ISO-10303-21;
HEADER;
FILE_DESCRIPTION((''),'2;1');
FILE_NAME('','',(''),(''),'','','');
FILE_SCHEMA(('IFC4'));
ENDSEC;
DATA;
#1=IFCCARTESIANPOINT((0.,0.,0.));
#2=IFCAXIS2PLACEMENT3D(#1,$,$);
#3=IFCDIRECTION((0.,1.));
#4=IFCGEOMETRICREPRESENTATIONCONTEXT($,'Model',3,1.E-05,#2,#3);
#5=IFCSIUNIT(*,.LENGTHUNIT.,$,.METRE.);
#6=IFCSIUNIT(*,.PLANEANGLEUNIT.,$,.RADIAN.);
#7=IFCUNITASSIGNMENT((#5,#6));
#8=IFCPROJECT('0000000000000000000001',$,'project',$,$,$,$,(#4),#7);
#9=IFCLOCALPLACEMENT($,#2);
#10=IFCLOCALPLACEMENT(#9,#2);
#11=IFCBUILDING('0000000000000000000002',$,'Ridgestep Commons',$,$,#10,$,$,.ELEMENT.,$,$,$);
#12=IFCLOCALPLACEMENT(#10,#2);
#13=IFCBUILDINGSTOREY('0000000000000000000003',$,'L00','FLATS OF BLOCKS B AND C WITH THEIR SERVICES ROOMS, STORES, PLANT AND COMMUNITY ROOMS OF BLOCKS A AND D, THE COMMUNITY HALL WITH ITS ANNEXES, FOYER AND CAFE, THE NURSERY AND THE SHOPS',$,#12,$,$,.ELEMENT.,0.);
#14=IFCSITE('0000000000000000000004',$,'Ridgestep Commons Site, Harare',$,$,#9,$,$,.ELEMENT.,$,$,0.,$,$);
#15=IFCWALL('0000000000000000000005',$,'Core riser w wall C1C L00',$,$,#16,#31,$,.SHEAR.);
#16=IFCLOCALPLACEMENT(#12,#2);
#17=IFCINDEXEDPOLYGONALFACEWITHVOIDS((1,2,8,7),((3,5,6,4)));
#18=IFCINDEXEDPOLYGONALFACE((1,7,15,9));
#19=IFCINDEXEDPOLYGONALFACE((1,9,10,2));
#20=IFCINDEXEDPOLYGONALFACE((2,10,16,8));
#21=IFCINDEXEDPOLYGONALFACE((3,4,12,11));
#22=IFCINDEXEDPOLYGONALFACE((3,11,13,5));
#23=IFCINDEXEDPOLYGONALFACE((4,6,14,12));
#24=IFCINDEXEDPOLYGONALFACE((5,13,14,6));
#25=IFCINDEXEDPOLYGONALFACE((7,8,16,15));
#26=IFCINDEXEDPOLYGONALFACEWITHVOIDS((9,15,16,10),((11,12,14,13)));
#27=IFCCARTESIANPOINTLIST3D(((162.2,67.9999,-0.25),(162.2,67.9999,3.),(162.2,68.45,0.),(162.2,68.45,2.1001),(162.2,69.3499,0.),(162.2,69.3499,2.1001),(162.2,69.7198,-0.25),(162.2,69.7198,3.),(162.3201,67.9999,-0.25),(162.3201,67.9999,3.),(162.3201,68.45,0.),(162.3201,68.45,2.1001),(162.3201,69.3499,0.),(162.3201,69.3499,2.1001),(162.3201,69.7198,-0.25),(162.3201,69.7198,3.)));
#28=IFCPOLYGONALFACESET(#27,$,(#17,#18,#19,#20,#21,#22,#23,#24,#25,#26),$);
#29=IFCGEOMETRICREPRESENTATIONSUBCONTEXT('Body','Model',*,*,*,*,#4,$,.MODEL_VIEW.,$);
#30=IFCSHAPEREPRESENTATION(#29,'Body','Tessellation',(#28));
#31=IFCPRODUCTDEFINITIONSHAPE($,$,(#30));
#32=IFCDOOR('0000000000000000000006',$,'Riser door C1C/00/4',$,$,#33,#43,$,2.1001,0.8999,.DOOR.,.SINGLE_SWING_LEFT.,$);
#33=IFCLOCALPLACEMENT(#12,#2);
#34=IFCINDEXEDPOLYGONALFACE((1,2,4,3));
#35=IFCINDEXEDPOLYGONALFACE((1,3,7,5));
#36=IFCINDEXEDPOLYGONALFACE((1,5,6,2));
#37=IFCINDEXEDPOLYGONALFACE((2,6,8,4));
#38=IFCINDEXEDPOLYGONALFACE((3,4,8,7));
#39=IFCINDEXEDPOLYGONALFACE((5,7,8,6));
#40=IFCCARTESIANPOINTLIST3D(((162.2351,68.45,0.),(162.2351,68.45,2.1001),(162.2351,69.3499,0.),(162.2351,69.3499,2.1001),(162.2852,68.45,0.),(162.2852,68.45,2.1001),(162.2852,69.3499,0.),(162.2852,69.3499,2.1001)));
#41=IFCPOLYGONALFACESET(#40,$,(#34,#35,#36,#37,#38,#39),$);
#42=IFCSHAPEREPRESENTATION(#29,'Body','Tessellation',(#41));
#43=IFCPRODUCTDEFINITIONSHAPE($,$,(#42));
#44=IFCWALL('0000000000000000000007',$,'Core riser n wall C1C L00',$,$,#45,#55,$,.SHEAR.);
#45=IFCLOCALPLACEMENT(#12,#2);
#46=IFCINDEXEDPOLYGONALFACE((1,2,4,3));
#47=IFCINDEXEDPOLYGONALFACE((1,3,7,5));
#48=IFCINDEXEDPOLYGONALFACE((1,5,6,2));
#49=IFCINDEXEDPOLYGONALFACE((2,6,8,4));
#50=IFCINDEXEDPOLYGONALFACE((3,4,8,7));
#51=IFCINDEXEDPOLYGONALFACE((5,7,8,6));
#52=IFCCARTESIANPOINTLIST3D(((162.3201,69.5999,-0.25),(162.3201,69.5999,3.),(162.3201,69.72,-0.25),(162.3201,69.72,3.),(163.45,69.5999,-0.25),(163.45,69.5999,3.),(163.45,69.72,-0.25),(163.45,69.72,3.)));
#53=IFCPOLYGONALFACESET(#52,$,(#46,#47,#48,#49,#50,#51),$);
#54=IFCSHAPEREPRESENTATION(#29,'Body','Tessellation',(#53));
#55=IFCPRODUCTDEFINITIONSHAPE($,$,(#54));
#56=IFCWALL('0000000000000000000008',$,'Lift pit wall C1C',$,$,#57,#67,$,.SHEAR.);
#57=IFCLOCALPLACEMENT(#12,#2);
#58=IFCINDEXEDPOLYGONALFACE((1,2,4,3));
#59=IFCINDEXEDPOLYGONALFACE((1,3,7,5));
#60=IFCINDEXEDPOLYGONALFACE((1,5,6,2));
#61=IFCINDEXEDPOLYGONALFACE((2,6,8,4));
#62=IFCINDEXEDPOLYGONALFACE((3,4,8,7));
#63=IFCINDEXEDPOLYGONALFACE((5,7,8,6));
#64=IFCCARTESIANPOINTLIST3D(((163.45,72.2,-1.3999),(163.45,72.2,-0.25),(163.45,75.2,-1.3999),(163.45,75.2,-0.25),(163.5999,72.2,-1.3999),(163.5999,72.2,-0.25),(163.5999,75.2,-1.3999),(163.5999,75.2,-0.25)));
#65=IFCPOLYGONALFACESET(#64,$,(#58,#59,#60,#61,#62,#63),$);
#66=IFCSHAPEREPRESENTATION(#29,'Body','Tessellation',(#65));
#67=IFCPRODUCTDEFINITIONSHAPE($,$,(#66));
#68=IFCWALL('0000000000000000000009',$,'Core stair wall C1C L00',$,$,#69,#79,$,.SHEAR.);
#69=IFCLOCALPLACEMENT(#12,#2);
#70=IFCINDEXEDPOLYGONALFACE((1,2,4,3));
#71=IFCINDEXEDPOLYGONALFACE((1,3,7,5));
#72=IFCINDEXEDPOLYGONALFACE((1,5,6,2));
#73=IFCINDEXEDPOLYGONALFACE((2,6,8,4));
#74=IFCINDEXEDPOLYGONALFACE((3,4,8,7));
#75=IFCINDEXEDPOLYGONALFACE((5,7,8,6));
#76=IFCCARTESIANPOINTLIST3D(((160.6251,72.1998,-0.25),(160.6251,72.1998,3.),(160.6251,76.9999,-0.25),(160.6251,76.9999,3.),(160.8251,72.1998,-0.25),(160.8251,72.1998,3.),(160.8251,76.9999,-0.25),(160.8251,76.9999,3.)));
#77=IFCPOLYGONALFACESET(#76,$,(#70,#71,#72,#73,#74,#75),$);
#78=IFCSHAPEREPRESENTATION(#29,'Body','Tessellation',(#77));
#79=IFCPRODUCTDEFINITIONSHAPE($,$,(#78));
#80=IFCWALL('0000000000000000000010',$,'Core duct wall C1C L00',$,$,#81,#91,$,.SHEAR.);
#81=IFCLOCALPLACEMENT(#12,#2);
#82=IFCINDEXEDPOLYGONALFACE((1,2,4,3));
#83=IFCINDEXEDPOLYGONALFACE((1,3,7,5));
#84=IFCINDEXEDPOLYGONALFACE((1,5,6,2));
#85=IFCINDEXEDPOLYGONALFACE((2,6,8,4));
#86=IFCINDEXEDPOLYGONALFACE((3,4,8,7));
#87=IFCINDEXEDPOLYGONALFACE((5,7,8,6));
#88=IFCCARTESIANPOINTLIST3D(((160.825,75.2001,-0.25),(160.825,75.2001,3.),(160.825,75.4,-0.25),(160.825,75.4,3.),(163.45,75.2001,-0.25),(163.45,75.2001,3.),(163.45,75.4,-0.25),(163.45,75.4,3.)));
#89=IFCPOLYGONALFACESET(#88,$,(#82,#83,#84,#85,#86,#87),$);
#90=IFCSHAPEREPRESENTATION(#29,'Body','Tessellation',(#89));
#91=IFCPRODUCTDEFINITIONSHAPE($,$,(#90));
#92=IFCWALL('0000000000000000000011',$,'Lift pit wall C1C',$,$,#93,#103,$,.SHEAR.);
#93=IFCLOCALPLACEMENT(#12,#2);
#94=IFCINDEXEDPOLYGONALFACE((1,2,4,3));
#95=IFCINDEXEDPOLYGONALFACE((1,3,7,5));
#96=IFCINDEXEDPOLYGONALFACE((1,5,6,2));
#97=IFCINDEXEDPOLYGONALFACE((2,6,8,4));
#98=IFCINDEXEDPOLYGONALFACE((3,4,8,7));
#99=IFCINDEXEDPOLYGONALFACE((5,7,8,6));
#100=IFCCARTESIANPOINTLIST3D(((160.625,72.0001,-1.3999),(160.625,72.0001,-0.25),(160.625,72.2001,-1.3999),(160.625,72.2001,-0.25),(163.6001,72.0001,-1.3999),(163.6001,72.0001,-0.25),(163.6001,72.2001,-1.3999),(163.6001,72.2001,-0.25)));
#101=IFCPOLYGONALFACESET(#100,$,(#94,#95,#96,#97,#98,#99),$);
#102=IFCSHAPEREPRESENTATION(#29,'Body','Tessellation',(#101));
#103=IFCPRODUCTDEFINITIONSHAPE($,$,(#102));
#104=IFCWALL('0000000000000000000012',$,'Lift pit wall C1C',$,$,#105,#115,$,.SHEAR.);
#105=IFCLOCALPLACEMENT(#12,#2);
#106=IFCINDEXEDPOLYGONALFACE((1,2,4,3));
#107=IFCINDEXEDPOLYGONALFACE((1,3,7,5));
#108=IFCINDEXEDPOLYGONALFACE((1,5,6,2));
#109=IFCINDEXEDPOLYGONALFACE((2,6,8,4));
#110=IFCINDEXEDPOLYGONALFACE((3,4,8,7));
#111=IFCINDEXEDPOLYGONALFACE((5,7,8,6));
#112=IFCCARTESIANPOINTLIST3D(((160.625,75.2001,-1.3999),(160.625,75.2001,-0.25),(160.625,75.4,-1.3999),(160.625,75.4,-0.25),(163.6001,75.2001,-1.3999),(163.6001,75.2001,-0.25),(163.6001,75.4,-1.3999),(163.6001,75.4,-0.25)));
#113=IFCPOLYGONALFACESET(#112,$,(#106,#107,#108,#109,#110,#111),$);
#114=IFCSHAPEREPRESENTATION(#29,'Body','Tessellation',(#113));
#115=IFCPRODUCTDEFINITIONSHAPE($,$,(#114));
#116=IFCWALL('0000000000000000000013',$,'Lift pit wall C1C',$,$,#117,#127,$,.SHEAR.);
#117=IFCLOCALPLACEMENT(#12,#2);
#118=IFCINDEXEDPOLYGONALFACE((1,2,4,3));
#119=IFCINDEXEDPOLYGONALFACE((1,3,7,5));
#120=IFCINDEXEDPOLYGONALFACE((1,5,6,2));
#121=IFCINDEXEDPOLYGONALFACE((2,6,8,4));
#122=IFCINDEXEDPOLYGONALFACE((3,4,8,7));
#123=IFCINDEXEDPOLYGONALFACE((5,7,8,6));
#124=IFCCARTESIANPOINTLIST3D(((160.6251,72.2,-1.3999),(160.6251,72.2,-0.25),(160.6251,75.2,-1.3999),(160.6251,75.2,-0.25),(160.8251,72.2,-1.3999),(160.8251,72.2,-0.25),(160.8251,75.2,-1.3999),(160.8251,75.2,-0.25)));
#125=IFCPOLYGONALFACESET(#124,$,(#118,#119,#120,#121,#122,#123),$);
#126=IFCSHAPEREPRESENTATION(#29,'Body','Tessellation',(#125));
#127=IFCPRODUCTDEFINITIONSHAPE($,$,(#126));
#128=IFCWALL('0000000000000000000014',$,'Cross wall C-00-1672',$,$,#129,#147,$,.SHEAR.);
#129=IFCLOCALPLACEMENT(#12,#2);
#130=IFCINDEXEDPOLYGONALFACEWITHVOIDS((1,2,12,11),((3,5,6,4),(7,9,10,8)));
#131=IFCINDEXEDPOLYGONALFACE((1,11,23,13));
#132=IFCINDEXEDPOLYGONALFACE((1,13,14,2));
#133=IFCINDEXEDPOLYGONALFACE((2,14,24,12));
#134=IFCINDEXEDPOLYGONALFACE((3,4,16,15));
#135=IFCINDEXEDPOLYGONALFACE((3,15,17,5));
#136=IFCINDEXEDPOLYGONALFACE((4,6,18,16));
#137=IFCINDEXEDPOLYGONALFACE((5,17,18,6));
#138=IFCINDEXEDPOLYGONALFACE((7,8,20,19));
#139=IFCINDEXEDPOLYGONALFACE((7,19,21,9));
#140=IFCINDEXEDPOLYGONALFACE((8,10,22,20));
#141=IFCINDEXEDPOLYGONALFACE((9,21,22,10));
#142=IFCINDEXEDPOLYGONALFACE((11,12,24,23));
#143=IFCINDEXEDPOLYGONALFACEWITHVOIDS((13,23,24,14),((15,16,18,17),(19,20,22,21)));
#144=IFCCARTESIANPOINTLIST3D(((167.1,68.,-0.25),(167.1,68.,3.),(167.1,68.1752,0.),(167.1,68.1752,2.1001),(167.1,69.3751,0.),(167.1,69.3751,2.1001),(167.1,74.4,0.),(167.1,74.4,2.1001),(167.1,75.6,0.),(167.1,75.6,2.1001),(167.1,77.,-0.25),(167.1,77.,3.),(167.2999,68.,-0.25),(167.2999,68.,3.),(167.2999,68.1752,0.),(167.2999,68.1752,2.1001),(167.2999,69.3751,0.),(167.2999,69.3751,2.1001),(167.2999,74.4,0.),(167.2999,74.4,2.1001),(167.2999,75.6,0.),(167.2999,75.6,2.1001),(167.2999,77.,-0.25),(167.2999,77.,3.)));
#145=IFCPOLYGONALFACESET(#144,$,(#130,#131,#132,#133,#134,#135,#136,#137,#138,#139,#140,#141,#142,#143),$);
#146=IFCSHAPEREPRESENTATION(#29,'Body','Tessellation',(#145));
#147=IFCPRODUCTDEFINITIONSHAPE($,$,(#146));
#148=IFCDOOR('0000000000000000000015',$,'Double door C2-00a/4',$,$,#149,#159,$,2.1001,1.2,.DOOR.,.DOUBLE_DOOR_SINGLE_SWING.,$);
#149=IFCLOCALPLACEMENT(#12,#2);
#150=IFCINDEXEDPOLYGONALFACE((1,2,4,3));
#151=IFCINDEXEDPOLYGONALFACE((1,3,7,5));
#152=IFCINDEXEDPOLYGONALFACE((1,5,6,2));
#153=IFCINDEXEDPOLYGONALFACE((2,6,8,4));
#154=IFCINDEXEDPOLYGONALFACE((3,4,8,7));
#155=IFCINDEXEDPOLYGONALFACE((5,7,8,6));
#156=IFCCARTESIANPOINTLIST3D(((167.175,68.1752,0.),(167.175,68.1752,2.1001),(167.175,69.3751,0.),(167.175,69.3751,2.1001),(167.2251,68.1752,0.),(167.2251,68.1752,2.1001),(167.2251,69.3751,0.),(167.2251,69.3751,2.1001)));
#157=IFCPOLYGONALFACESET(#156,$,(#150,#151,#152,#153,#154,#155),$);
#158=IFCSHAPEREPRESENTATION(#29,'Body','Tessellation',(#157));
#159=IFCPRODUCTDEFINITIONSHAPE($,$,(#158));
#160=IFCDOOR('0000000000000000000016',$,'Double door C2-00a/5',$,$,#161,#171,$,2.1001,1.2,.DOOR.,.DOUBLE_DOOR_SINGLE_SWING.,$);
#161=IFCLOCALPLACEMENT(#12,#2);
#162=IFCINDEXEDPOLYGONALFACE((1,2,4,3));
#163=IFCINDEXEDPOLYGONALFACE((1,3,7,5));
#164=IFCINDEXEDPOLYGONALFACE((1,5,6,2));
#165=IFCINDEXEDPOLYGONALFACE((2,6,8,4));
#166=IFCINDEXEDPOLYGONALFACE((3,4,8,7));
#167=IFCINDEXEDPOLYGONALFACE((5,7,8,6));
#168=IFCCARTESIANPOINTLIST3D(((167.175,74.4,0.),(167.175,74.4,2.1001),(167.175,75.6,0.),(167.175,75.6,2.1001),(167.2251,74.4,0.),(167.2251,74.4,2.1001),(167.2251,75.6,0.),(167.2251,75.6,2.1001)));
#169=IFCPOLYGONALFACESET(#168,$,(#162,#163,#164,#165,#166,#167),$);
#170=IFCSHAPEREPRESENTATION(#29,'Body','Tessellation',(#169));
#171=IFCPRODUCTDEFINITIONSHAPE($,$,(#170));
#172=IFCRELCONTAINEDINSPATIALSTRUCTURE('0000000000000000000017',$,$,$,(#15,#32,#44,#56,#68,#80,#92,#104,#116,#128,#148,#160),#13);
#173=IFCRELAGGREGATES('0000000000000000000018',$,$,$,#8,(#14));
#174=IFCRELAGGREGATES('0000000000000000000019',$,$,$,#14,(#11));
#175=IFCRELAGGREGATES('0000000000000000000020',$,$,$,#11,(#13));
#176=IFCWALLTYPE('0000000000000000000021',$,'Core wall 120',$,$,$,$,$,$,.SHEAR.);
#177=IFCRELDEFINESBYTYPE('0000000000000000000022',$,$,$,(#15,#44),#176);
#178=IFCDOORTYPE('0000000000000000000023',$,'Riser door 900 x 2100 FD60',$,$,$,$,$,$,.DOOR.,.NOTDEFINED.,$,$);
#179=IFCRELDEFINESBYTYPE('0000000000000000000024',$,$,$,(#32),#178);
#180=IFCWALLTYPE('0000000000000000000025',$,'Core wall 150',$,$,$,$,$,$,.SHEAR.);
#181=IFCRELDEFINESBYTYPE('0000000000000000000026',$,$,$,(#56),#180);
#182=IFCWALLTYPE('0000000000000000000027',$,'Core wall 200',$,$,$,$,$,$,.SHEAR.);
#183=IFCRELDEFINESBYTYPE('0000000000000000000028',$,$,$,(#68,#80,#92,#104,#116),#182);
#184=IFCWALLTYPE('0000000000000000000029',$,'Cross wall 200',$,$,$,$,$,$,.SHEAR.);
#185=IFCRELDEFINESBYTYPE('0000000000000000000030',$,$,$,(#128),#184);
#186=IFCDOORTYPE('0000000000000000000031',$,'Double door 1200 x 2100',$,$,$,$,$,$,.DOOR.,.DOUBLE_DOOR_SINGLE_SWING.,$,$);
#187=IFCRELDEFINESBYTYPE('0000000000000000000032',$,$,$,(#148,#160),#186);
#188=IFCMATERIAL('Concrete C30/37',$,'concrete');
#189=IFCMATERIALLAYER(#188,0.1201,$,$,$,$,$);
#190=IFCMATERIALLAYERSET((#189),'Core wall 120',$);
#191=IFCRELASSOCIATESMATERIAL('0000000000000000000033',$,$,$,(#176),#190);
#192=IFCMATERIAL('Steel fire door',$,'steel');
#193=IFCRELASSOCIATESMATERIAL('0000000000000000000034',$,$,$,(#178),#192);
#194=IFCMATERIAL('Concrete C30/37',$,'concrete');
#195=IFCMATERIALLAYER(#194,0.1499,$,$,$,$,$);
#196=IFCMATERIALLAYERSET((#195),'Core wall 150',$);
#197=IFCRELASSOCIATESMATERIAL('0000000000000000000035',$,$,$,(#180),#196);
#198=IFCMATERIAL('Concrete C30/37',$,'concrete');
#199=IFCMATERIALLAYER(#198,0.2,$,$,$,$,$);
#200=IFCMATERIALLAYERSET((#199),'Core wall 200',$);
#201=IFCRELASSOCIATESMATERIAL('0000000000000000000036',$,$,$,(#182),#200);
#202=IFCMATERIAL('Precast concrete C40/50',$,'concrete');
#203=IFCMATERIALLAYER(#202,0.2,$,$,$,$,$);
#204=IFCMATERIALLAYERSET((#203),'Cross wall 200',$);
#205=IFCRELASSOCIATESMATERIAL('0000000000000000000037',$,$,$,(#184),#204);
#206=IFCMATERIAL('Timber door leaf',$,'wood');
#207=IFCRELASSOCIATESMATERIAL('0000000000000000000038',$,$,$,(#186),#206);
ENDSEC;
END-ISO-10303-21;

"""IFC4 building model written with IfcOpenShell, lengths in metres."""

from ifc_helpers import new_model, si_unit, direction, frame, frame_2d, origin, place, context, subcontext, project, spatial, rectangle, extrude, material, layer, layer_set, type_object, element, fill, save


model = new_model("IFC4")

# Units and contexts
model_context = context("Model", 3, precision=1e-05, world=origin(), true_north=direction((0.0, 1.0)))
body_context = subcontext(model_context, "Body", "Model", "MODEL_VIEW")
ifc_project = project(units=[si_unit("LENGTHUNIT", "METRE"), si_unit("PLANEANGLEUNIT", "RADIAN")], contexts=[model_context])

# Site, building, storey
site_placement = place(None, origin())
site = spatial("IfcSite", under=ifc_project, at=site_placement, Name="Ridgestep Commons Site, Harare", CompositionType="ELEMENT", RefElevation=0.0)
building_placement = place(site_placement, origin())
building = spatial("IfcBuilding", under=site, at=building_placement, Name="Ridgestep Commons", CompositionType="ELEMENT")
storey_placement = place(building_placement, origin())
storey = spatial("IfcBuildingStorey", under=building, at=storey_placement, Name="L00", Description="FLATS OF BLOCKS B AND C WITH THEIR SERVICES ROOMS, STORES, PLANT AND COMMUNITY ROOMS OF BLOCKS A AND D, THE COMMUNITY HALL WITH ITS ANNEXES, FOYER AND CAFE, THE NURSERY AND THE SHOPS", CompositionType="ELEMENT", Elevation=0.0)

# Wall, opening, door
ifc_material_1 = material(Name="Concrete C30/37", Category="concrete")
ifc_layer_1 = layer(ifc_material_1, 0.1201)
ifc_layer_set_1 = layer_set([ifc_layer_1], Name="Core wall 120")
wall_type_1 = type_object("IfcWallType", Name="Core wall 120", PredefinedType="SHEAR", material=ifc_layer_set_1)
wall_1_placement = place(storey_placement, frame((162.26, 68.0, -0.25), z_axis=(0.0, 0.0, 1.0), x_axis=(0.0, 1.0, 0.0)))
wall_1 = element("IfcWall", 1, at=wall_1_placement, inside=storey, type_object=wall_type_1, Name="Core riser w wall C1C L00", PredefinedType="SHEAR", context=body_context, shape_type="SweptSolid", body=[
    extrude(rectangle(XDim=1.72, YDim=0.1201, at=frame_2d((0.8599, 0.0))), origin(), (0.0, 0.0, 1.0), 3.25),
])
opening_1_placement = place(wall_1_placement, frame((0.45, 0.0, 0.25)))
opening_1 = element("IfcOpeningElement", 2, at=opening_1_placement, cuts=wall_1, PredefinedType="OPENING", context=body_context, shape_type="SweptSolid", body=[
    extrude(rectangle(XDim=0.8999, YDim=2.1001, at=frame_2d((0.45, 1.05))), frame((0.0, 0.0701, 0.0), z_axis=(0.0, -1.0, 0.0), x_axis=(1.0, 0.0, 0.0)), (0.0, 0.0, 1.0), 0.1401),
])
ifc_material_2 = material(Name="Steel fire door", Category="steel")
door_type_1 = type_object("IfcDoorType", Name="Riser door 900 x 2100 FD60", OperationType="NOTDEFINED", PredefinedType="DOOR", material=ifc_material_2)
door_1_placement = place(opening_1_placement, origin())
door_1 = element("IfcDoor", 3, at=door_1_placement, inside=storey, type_object=door_type_1, Name="Riser door C1C/00/4", OperationType="SINGLE_SWING_LEFT", OverallHeight=2.1001, OverallWidth=0.8999, PredefinedType="DOOR", context=body_context, shape_type="SweptSolid", body=[
    extrude(rectangle(XDim=0.8999, YDim=2.1001, at=frame_2d((0.45, 1.05))), frame((0.0, 0.0249, 0.0), z_axis=(0.0, -1.0, 0.0), x_axis=(1.0, 0.0, 0.0)), (0.0, 0.0, 1.0), 0.05),
])
fill(opening_1, door_1)

# Walls
wall_2_placement = place(storey_placement, frame((162.3201, 69.6599, -0.25), z_axis=(0.0, 0.0, 1.0), x_axis=(1.0, 0.0, 0.0)))
element("IfcWall", 4, at=wall_2_placement, inside=storey, type_object=wall_type_1, Name="Core riser n wall C1C L00", PredefinedType="SHEAR", context=body_context, shape_type="SweptSolid", body=[
    extrude(rectangle(XDim=1.1299, YDim=0.1201, at=frame_2d((0.5649, 0.0))), origin(), (0.0, 0.0, 1.0), 3.25),
])
ifc_material_3 = material(Name="Concrete C30/37", Category="concrete")
ifc_layer_2 = layer(ifc_material_3, 0.1499)
ifc_layer_set_2 = layer_set([ifc_layer_2], Name="Core wall 150")
wall_type_2 = type_object("IfcWallType", Name="Core wall 150", PredefinedType="SHEAR", material=ifc_layer_set_2)
wall_3_placement = place(storey_placement, frame((163.5249, 72.2, -1.3999), z_axis=(0.0, 0.0, 1.0), x_axis=(0.0, 1.0, 0.0)))
element("IfcWall", 5, at=wall_3_placement, inside=storey, type_object=wall_type_2, Name="Lift pit wall C1C", PredefinedType="SHEAR", context=body_context, shape_type="SweptSolid", body=[
    extrude(rectangle(XDim=3.0, YDim=0.1499, at=frame_2d((1.5, 0.0))), origin(), (0.0, 0.0, 1.0), 1.1499),
])
ifc_material_4 = material(Name="Concrete C30/37", Category="concrete")
ifc_layer_3 = layer(ifc_material_4, 0.2)
ifc_layer_set_3 = layer_set([ifc_layer_3], Name="Core wall 200")
wall_type_3 = type_object("IfcWallType", Name="Core wall 200", PredefinedType="SHEAR", material=ifc_layer_set_3)
wall_4_placement = place(storey_placement, frame((160.7251, 72.2, -0.25), z_axis=(0.0, 0.0, 1.0), x_axis=(0.0, 1.0, 0.0)))
element("IfcWall", 6, at=wall_4_placement, inside=storey, type_object=wall_type_3, Name="Core stair wall C1C L00", PredefinedType="SHEAR", context=body_context, shape_type="SweptSolid", body=[
    extrude(rectangle(XDim=4.8, YDim=0.2, at=frame_2d((2.3999, 0.0))), origin(), (0.0, 0.0, 1.0), 3.25),
])
wall_5_placement = place(storey_placement, frame((160.825, 75.3, -0.25), z_axis=(0.0, 0.0, 1.0), x_axis=(1.0, 0.0, 0.0)))
element("IfcWall", 7, at=wall_5_placement, inside=storey, type_object=wall_type_3, Name="Core duct wall C1C L00", PredefinedType="SHEAR", context=body_context, shape_type="SweptSolid", body=[
    extrude(rectangle(XDim=2.625, YDim=0.2, at=frame_2d((1.3125, 0.0))), origin(), (0.0, 0.0, 1.0), 3.25),
])
for number, where, z_axis, x_axis, name in (
    (8, (160.625, 72.1001, -1.3999), (0.0, 0.0, 1.0), (1.0, 0.0, 0.0), "Lift pit wall C1C"),
    (9, (160.625, 75.3, -1.3999), (0.0, 0.0, 1.0), (1.0, 0.0, 0.0), "Lift pit wall C1C"),
):
    element("IfcWall", number, at=place(storey_placement, frame(where, z_axis=z_axis, x_axis=x_axis)), inside=storey, type_object=wall_type_3, Name=name, PredefinedType="SHEAR", context=body_context, shape_type="SweptSolid", body=[
        extrude(rectangle(XDim=2.9751, YDim=0.2, at=frame_2d((1.4875, 0.0))), origin(), (0.0, 0.0, 1.0), 1.1499),
    ])
wall_6_placement = place(storey_placement, frame((160.7251, 72.2, -1.3999), z_axis=(0.0, 0.0, 1.0), x_axis=(0.0, 1.0, 0.0)))
element("IfcWall", 10, at=wall_6_placement, inside=storey, type_object=wall_type_3, Name="Lift pit wall C1C", PredefinedType="SHEAR", context=body_context, shape_type="SweptSolid", body=[
    extrude(rectangle(XDim=3.0, YDim=0.2, at=frame_2d((1.5, 0.0))), origin(), (0.0, 0.0, 1.0), 1.1499),
])

# Wall, openings, doors
ifc_material_5 = material(Name="Precast concrete C40/50", Category="concrete")
ifc_layer_4 = layer(ifc_material_5, 0.2)
ifc_layer_set_4 = layer_set([ifc_layer_4], Name="Cross wall 200")
wall_type_4 = type_object("IfcWallType", Name="Cross wall 200", PredefinedType="SHEAR", material=ifc_layer_set_4)
wall_7_placement = place(storey_placement, frame((167.2, 68.0, -0.25), z_axis=(0.0, 0.0, 1.0), x_axis=(0.0, 1.0, 0.0)))
wall_7 = element("IfcWall", 11, at=wall_7_placement, inside=storey, type_object=wall_type_4, Name="Cross wall C-00-1672", PredefinedType="SHEAR", context=body_context, shape_type="SweptSolid", body=[
    extrude(rectangle(XDim=9.0, YDim=0.2, at=frame_2d((4.5, 0.0))), origin(), (0.0, 0.0, 1.0), 3.25),
])
opening_2_placement = place(wall_7_placement, frame((0.175, 0.0, 0.25)))
opening_2 = element("IfcOpeningElement", 12, at=opening_2_placement, cuts=wall_7, PredefinedType="OPENING", context=body_context, shape_type="SweptSolid", body=[
    extrude(rectangle(XDim=1.2, YDim=2.1001, at=frame_2d((0.6001, 1.05))), frame((0.0, 0.1099, 0.0), z_axis=(0.0, -1.0, 0.0), x_axis=(1.0, 0.0, 0.0)), (0.0, 0.0, 1.0), 0.22),
])
opening_3_placement = place(wall_7_placement, frame((6.3999, 0.0, 0.25)))
opening_3 = element("IfcOpeningElement", 13, at=opening_3_placement, cuts=wall_7, PredefinedType="OPENING", context=body_context, shape_type="SweptSolid", body=[
    extrude(rectangle(XDim=1.2, YDim=2.1001, at=frame_2d((0.6001, 1.05))), frame((0.0, 0.1099, 0.0), z_axis=(0.0, -1.0, 0.0), x_axis=(1.0, 0.0, 0.0)), (0.0, 0.0, 1.0), 0.22),
])
ifc_material_6 = material(Name="Timber door leaf", Category="wood")
door_type_2 = type_object("IfcDoorType", Name="Double door 1200 x 2100", OperationType="DOUBLE_DOOR_SINGLE_SWING", PredefinedType="DOOR", material=ifc_material_6)
door_2_placement = place(opening_2_placement, origin())
door_2 = element("IfcDoor", 14, at=door_2_placement, inside=storey, type_object=door_type_2, Name="Double door C2-00a/4", OperationType="DOUBLE_DOOR_SINGLE_SWING", OverallHeight=2.1001, OverallWidth=1.2, PredefinedType="DOOR", context=body_context, shape_type="SweptSolid", body=[
    extrude(rectangle(XDim=1.2, YDim=2.1001, at=frame_2d((0.6001, 1.05))), frame((0.0, 0.0249, 0.0), z_axis=(0.0, -1.0, 0.0), x_axis=(1.0, 0.0, 0.0)), (0.0, 0.0, 1.0), 0.05),
])
fill(opening_2, door_2)
door_3_placement = place(opening_3_placement, origin())
door_3 = element("IfcDoor", 15, at=door_3_placement, inside=storey, type_object=door_type_2, Name="Double door C2-00a/5", OperationType="DOUBLE_DOOR_SINGLE_SWING", OverallHeight=2.1001, OverallWidth=1.2, PredefinedType="DOOR", context=body_context, shape_type="SweptSolid", body=[
    extrude(rectangle(XDim=1.2, YDim=2.1001, at=frame_2d((0.6001, 1.05))), frame((0.0, 0.0249, 0.0), z_axis=(0.0, -1.0, 0.0), x_axis=(1.0, 0.0, 0.0)), (0.0, 0.0, 1.0), 0.05),
])
fill(opening_3, door_3)

save(model, "model.ifc")
